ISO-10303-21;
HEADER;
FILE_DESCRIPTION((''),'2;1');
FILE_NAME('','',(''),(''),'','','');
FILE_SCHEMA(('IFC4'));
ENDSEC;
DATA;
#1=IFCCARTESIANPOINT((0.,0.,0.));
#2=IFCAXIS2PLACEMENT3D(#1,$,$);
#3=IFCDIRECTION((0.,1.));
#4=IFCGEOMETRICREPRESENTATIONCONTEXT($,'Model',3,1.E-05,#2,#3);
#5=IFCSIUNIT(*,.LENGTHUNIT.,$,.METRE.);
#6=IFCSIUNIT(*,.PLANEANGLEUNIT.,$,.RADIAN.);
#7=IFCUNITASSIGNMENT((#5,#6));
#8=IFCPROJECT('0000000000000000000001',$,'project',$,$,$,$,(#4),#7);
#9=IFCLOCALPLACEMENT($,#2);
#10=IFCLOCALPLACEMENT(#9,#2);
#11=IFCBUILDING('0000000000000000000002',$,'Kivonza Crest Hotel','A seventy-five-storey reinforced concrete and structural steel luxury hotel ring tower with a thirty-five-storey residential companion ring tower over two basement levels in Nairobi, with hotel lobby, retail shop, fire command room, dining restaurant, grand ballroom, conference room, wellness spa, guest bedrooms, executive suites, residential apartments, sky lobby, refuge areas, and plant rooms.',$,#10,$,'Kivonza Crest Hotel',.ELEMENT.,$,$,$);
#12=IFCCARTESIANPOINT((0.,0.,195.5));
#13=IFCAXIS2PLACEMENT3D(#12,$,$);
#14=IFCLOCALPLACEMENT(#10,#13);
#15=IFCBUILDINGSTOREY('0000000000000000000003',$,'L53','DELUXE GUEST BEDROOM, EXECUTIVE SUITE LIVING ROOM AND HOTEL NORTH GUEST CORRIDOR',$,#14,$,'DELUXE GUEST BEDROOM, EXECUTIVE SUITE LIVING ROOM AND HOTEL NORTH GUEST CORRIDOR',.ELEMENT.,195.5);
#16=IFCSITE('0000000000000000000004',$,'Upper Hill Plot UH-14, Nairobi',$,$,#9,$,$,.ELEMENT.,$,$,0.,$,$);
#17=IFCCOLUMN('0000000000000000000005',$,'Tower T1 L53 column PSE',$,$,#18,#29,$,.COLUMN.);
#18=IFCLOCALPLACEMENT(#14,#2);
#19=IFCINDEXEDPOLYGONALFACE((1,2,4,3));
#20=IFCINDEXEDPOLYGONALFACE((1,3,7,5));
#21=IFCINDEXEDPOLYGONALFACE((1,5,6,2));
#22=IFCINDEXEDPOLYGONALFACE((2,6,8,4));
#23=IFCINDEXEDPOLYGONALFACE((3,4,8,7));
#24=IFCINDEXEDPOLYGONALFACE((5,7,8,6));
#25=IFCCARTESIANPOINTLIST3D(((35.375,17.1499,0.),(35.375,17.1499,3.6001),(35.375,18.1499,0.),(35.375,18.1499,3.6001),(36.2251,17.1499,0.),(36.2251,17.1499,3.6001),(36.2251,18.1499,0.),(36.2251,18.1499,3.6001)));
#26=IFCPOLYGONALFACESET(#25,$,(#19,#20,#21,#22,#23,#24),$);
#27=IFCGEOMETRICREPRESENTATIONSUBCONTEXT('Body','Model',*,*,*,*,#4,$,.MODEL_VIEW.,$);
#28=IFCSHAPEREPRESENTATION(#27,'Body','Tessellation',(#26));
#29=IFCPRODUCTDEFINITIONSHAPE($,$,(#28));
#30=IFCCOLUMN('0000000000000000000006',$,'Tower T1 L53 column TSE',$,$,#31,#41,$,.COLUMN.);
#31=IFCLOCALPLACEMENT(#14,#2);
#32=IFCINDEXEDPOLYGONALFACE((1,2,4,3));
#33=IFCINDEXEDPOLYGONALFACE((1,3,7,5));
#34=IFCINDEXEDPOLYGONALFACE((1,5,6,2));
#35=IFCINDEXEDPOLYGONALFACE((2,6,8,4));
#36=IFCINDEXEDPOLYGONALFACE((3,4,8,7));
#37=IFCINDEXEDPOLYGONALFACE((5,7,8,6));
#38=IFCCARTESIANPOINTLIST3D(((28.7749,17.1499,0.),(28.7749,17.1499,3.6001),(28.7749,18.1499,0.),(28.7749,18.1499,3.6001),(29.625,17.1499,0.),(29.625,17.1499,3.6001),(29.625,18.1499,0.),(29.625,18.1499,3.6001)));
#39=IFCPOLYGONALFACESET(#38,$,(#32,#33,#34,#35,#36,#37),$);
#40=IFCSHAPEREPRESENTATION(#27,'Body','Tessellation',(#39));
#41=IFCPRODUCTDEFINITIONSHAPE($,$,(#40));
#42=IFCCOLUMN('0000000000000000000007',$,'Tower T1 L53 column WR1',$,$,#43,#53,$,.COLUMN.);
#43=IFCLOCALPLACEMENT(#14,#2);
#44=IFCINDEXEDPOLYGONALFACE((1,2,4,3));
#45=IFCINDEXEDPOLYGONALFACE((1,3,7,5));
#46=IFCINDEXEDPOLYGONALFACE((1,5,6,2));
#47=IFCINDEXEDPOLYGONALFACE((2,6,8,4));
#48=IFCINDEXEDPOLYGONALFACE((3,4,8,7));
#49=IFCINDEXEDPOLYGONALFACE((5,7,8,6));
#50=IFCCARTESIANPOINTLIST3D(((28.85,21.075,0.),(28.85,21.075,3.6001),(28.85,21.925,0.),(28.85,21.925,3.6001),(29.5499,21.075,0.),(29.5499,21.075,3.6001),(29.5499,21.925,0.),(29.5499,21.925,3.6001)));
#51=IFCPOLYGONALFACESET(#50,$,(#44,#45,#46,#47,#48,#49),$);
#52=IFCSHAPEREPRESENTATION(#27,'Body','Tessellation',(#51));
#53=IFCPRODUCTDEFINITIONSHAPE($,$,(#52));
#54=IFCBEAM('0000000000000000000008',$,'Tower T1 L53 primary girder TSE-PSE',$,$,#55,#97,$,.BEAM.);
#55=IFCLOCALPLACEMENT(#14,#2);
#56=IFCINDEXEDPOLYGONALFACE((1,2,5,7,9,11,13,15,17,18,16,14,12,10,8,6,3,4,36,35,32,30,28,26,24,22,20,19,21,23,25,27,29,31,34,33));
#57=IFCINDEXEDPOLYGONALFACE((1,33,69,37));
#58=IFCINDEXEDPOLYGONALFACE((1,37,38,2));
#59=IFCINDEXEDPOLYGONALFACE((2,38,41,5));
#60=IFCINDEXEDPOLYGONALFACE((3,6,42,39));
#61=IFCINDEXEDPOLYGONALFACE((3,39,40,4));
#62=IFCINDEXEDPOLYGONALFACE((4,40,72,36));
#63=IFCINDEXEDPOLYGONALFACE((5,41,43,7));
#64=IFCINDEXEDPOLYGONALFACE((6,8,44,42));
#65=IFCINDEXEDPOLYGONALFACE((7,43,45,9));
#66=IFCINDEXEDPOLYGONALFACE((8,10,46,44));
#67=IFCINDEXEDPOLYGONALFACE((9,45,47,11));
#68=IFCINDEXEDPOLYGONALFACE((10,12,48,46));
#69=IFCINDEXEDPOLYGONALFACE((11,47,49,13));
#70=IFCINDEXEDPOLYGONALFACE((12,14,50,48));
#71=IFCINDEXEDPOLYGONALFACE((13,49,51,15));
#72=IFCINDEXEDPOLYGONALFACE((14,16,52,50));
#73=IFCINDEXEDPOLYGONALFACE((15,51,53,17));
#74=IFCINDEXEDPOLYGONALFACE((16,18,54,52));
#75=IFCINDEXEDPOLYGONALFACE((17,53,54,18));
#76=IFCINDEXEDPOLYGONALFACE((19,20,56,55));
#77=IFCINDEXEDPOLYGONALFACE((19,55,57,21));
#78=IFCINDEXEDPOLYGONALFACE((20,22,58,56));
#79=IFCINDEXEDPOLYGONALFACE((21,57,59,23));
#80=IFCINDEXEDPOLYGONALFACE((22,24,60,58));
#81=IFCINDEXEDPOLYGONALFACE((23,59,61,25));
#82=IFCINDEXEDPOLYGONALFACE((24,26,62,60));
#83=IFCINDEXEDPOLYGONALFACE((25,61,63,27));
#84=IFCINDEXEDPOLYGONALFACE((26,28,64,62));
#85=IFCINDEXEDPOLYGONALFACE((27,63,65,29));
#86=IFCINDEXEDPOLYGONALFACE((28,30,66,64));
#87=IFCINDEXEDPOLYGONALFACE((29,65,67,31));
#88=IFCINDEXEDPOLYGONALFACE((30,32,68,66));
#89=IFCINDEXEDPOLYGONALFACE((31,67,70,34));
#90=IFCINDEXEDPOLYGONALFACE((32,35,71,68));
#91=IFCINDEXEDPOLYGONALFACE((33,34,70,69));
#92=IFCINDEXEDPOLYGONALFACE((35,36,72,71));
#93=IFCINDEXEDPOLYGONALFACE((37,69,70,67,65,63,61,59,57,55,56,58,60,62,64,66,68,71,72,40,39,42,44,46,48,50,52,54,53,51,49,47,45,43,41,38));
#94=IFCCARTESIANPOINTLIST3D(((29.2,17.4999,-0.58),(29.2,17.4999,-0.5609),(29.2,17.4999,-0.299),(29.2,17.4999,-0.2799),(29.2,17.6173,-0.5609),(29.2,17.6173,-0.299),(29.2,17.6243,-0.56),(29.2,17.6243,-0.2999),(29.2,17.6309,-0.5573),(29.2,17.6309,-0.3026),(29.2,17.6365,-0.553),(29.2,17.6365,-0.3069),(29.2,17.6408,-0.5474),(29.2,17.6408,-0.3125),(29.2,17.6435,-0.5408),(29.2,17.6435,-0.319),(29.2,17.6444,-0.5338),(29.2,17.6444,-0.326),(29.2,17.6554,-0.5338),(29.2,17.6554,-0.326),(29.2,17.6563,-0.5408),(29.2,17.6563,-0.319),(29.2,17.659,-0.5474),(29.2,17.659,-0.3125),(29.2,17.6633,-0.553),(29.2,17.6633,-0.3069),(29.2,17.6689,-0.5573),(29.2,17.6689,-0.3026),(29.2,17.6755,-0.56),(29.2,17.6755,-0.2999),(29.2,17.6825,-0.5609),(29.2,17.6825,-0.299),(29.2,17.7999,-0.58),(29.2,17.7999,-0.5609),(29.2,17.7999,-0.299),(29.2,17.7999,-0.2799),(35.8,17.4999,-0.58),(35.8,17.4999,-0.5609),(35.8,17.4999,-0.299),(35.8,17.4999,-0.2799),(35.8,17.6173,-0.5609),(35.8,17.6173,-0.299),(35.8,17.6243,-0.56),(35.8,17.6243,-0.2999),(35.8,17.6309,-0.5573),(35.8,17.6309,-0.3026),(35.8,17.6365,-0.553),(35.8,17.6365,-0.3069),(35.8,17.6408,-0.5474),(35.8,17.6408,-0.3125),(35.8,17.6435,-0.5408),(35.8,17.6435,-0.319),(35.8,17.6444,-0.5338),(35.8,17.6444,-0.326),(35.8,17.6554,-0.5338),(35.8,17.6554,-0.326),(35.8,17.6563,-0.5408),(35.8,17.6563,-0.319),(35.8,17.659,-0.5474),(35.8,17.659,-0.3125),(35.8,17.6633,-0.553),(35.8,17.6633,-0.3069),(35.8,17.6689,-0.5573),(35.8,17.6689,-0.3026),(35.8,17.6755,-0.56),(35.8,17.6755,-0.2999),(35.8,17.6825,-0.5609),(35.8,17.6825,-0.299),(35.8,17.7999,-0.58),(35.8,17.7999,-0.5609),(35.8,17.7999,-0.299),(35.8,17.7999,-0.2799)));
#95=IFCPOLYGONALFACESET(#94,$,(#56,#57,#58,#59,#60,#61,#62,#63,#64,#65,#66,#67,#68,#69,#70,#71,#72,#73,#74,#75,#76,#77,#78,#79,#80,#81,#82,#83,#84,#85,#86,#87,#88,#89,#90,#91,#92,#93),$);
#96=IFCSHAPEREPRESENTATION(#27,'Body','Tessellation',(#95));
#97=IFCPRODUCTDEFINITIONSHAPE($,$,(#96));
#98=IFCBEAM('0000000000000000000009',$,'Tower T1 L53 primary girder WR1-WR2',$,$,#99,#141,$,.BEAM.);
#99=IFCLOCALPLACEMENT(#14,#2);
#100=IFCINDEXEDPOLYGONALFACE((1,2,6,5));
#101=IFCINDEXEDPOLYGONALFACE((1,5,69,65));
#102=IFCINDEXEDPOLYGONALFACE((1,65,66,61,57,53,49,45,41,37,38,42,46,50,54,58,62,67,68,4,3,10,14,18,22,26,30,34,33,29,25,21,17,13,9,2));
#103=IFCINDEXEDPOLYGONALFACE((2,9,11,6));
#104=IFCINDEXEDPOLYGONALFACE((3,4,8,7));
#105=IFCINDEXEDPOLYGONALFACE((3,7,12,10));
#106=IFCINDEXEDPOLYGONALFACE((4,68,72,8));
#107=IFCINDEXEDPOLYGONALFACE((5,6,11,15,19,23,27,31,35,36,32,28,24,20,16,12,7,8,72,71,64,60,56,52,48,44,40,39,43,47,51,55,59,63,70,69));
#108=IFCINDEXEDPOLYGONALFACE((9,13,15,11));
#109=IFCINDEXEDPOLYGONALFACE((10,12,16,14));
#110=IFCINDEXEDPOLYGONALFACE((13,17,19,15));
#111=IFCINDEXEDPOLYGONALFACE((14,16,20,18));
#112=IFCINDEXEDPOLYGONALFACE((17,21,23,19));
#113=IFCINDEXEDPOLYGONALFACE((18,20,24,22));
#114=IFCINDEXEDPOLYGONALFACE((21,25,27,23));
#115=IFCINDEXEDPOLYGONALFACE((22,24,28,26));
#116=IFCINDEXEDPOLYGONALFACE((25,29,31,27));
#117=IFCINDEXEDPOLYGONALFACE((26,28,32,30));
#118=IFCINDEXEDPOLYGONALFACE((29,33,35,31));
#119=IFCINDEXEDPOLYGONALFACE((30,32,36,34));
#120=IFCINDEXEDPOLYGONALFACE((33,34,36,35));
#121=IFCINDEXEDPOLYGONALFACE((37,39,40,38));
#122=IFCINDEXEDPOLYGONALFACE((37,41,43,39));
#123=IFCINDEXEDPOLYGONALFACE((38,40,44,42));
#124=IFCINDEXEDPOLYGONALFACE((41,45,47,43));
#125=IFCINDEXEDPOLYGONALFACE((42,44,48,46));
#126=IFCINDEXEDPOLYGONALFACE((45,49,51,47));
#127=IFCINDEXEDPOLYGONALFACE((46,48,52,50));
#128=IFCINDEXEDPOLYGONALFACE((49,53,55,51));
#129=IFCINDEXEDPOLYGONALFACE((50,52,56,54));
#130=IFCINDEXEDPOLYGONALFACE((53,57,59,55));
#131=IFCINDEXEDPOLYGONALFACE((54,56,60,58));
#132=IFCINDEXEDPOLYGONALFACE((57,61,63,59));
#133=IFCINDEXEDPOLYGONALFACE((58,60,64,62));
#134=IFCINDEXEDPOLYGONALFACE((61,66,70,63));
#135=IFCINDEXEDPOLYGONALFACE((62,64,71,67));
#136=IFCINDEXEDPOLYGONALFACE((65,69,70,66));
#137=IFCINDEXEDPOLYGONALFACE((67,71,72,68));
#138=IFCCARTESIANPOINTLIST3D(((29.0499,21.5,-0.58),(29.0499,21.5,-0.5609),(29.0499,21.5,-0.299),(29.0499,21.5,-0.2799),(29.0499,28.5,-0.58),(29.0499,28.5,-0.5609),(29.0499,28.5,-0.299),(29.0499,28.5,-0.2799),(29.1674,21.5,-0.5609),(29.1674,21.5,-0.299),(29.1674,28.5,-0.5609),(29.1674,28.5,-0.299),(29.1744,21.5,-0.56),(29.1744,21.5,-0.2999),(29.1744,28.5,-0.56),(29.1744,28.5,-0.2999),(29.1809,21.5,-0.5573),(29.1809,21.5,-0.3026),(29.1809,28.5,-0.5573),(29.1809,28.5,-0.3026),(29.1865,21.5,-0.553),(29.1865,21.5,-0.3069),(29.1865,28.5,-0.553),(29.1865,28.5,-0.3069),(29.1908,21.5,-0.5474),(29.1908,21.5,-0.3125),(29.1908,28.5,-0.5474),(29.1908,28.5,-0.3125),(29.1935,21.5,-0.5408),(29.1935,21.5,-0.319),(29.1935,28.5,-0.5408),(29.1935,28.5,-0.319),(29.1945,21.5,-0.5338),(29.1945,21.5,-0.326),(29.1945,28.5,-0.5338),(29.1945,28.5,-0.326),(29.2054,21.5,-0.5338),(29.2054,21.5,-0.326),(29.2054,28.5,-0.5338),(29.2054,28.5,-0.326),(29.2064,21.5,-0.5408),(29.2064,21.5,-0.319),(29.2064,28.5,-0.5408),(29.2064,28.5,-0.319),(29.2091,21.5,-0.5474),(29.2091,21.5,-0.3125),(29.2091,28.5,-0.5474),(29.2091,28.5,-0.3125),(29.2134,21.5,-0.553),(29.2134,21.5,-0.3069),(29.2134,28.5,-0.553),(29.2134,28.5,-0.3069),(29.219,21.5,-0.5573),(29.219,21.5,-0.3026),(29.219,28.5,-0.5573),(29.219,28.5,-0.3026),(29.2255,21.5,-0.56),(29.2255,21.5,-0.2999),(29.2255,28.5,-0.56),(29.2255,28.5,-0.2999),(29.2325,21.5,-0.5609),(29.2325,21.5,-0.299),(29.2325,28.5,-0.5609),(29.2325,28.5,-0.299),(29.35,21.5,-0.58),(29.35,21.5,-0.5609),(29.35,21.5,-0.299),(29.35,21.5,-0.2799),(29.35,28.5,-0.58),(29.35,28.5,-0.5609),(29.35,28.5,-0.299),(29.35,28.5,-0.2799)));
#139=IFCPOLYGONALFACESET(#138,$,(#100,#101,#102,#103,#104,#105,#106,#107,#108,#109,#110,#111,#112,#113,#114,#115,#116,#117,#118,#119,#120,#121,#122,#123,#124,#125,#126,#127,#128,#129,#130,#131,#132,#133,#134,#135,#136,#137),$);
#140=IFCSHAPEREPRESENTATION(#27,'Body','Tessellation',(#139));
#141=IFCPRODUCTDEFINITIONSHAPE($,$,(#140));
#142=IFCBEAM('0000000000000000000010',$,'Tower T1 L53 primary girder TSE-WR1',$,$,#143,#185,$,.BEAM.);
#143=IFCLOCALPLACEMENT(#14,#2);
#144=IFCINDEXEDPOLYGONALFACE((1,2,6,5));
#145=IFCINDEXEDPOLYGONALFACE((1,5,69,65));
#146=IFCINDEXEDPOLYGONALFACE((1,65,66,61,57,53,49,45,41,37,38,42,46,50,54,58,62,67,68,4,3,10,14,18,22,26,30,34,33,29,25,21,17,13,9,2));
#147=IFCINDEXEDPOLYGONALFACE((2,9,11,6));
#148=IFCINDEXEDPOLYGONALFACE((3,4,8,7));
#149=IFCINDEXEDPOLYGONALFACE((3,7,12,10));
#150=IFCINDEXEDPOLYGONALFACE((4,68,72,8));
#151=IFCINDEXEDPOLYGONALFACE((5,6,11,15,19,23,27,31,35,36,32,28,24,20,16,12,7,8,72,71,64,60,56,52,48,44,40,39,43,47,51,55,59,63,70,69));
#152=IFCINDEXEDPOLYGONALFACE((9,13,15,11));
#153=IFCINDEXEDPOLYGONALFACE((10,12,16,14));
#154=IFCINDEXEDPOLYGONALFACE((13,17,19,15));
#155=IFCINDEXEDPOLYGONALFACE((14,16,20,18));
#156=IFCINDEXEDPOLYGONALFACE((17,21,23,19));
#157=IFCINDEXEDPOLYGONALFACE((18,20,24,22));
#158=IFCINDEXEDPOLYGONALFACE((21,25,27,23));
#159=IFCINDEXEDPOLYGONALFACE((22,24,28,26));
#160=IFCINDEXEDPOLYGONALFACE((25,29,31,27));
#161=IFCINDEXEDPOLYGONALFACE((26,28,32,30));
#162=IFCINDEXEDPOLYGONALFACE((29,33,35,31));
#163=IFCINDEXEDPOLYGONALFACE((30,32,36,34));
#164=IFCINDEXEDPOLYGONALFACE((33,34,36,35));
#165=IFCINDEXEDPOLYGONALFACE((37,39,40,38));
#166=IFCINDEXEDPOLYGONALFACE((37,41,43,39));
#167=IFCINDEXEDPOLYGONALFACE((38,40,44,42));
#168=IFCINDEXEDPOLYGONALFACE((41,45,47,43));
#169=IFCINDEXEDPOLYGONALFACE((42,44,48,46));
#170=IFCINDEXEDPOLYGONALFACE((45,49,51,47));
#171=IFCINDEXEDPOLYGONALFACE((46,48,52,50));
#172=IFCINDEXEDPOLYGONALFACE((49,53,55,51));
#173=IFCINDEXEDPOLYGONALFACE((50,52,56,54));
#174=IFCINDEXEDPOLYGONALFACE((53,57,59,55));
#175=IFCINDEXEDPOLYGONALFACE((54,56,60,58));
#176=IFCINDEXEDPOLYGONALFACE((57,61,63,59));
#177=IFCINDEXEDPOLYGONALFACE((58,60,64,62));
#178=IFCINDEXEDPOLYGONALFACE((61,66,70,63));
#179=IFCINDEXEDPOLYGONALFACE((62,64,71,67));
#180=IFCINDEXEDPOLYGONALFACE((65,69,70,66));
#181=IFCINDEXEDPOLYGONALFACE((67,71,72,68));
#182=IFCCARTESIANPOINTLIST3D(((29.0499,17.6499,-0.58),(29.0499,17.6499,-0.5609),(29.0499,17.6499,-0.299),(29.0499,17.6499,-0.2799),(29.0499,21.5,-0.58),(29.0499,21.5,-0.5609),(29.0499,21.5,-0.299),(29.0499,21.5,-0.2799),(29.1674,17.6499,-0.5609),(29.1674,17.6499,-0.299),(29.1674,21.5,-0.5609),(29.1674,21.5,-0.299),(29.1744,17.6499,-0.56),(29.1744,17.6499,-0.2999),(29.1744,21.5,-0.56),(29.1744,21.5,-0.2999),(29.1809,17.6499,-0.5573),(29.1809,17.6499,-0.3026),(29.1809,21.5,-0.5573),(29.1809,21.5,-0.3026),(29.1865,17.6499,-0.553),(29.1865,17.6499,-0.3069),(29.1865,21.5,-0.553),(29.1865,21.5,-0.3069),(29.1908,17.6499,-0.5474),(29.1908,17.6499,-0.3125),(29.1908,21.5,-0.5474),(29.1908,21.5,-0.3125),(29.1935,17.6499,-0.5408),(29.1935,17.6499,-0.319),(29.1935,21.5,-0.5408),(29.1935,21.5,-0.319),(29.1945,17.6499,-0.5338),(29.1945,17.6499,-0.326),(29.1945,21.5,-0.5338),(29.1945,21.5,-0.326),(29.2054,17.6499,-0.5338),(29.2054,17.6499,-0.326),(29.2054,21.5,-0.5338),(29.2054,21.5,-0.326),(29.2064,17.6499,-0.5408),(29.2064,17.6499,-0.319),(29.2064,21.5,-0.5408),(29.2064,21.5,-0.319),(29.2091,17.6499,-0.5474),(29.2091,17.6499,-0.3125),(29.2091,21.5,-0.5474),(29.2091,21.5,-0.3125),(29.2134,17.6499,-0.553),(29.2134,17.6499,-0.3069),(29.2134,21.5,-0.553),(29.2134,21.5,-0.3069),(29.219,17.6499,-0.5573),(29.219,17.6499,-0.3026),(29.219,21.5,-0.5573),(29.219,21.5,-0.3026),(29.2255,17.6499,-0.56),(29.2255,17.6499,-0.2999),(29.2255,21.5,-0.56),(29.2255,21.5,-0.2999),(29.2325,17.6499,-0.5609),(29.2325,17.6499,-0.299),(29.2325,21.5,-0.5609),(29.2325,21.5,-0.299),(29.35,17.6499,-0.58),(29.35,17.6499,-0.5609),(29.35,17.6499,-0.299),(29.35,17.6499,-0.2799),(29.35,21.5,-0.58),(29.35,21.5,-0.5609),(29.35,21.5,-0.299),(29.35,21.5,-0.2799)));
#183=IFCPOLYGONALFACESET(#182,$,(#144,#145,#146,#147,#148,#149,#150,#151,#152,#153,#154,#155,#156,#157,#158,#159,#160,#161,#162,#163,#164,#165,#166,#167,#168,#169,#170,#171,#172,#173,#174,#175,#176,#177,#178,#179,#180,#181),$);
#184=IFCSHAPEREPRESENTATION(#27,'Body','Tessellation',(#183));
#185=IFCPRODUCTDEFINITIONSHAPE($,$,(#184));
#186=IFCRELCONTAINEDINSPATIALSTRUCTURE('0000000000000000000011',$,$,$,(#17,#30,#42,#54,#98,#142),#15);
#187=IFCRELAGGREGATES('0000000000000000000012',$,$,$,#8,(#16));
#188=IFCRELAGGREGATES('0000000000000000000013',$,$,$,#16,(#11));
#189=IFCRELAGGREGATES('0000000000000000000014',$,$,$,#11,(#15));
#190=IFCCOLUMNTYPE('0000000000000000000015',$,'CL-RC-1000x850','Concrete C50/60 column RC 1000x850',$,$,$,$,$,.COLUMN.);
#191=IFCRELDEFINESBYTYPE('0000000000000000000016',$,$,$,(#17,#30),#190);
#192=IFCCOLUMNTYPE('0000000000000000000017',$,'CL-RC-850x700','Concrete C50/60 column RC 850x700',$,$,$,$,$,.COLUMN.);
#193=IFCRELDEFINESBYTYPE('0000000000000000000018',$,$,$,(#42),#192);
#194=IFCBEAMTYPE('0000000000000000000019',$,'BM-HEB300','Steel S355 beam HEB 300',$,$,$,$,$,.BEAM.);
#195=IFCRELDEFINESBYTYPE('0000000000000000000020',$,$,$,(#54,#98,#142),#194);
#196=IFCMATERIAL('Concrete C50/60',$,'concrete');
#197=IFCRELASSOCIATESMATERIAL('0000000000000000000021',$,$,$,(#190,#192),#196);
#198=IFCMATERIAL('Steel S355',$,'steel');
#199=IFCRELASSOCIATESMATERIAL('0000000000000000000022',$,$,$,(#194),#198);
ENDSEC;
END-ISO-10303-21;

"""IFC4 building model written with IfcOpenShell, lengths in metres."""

from ifc_helpers import new_model, si_unit, direction, frame, origin, origin_2d, place, context, subcontext, project, spatial, rectangle, i_section, extrude, material, material_profile, profile_set, type_object, element, save


model = new_model("IFC4")

# Units and contexts
model_context = context("Model", 3, precision=1e-05, world=origin(), true_north=direction((0.0, 1.0)))
body_context = subcontext(model_context, "Body", "Model", "MODEL_VIEW")
ifc_project = project(units=[si_unit("LENGTHUNIT", "METRE"), si_unit("PLANEANGLEUNIT", "RADIAN")], contexts=[model_context])

# Site, building, storey
site_placement = place(None, origin())
site = spatial("IfcSite", under=ifc_project, at=site_placement, Name="Upper Hill Plot UH-14, Nairobi", CompositionType="ELEMENT", RefElevation=0.0)
building_placement = place(site_placement, origin())
building = spatial("IfcBuilding", under=site, at=building_placement, Name="Kivonza Crest Hotel", Description="A seventy-five-storey reinforced concrete and structural steel luxury hotel ring tower with a thirty-five-storey residential companion ring tower over two basement levels in Nairobi, with hotel lobby, retail shop, fire command room, dining restaurant, grand ballroom, conference room, wellness spa, guest bedrooms, executive suites, residential apartments, sky lobby, refuge areas, and plant rooms.", LongName="Kivonza Crest Hotel", CompositionType="ELEMENT")
storey_placement = place(building_placement, frame((0.0, 0.0, 195.5)))
storey = spatial("IfcBuildingStorey", under=building, at=storey_placement, Name="L53", Description="DELUXE GUEST BEDROOM, EXECUTIVE SUITE LIVING ROOM AND HOTEL NORTH GUEST CORRIDOR", LongName="DELUXE GUEST BEDROOM, EXECUTIVE SUITE LIVING ROOM AND HOTEL NORTH GUEST CORRIDOR", CompositionType="ELEMENT", Elevation=195.5)

# Columns
ifc_material_1 = material(Name="Concrete C50/60", Category="concrete")
ifc_material_profile_1 = material_profile(ifc_material_1, rectangle(XDim=0.8501, YDim=1.0, at=origin_2d()), Name="RC 1000x850")
ifc_profile_set_1 = profile_set([ifc_material_profile_1], Name="Concrete C50/60")
column_type_1 = type_object("IfcColumnType", Name="CL-RC-1000x850", Description="Concrete C50/60 column RC 1000x850", PredefinedType="COLUMN", material=ifc_profile_set_1)
for number, where, z_axis, x_axis, name in (
    (1, (35.8, 17.6499, 0.0), (0.0, 0.0, 1.0), (1.0, 0.0, 0.0), "Tower T1 L53 column PSE"),
    (2, (29.2, 17.6499, 0.0), (0.0, 0.0, 1.0), (1.0, 0.0, 0.0), "Tower T1 L53 column TSE"),
):
    element("IfcColumn", number, at=place(storey_placement, frame(where, z_axis=z_axis, x_axis=x_axis)), inside=storey, type_object=column_type_1, Name=name, PredefinedType="COLUMN", context=body_context, shape_type="SweptSolid", body=[
        extrude(rectangle(XDim=0.8501, YDim=1.0, at=origin_2d()), origin(), (0.0, 0.0, 1.0), 3.6001),
    ])
ifc_material_profile_2 = material_profile(ifc_material_1, rectangle(XDim=0.7, YDim=0.8501, at=origin_2d()), Name="RC 850x700")
ifc_profile_set_2 = profile_set([ifc_material_profile_2], Name="Concrete C50/60")
column_type_2 = type_object("IfcColumnType", Name="CL-RC-850x700", Description="Concrete C50/60 column RC 850x700", PredefinedType="COLUMN", material=ifc_profile_set_2)
column_placement = place(storey_placement, frame((29.2, 21.5, 0.0), z_axis=(0.0, 0.0, 1.0), x_axis=(1.0, 0.0, 0.0)))
element("IfcColumn", 3, at=column_placement, inside=storey, type_object=column_type_2, Name="Tower T1 L53 column WR1", PredefinedType="COLUMN", context=body_context, shape_type="SweptSolid", body=[
    extrude(rectangle(XDim=0.7, YDim=0.8501, at=origin_2d()), origin(), (0.0, 0.0, 1.0), 3.6001),
])

# Beams
ifc_material_2 = material(Name="Steel S355", Category="steel")
ifc_material_profile_3 = material_profile(ifc_material_2, i_section(OverallWidth=0.3, OverallDepth=0.3, WebThickness=0.011, FlangeThickness=0.019, FilletRadius=0.0271, at=origin_2d()), Name="HEB 300")
ifc_profile_set_3 = profile_set([ifc_material_profile_3], Name="Steel S355")
beam_type = type_object("IfcBeamType", Name="BM-HEB300", Description="Steel S355 beam HEB 300", PredefinedType="BEAM", material=ifc_profile_set_3)
beam_1_placement = place(storey_placement, frame((29.2, 17.6499, -0.4299), z_axis=(1.0, 0.0, 0.0), x_axis=(0.0, 1.0, 0.0)))
element("IfcBeam", 4, at=beam_1_placement, inside=storey, type_object=beam_type, Name="Tower T1 L53 primary girder TSE-PSE", PredefinedType="BEAM", context=body_context, shape_type="SweptSolid", body=[
    extrude(i_section(OverallWidth=0.3, OverallDepth=0.3, WebThickness=0.011, FlangeThickness=0.019, FilletRadius=0.0271, at=origin_2d()), origin(), (0.0, 0.0, 1.0), 6.6001),
])
beam_2_placement = place(storey_placement, frame((29.2, 21.5, -0.4299), z_axis=(0.0, 1.0, 0.0), x_axis=(-1.0, 0.0, 0.0)))
element("IfcBeam", 5, at=beam_2_placement, inside=storey, type_object=beam_type, Name="Tower T1 L53 primary girder WR1-WR2", PredefinedType="BEAM", context=body_context, shape_type="SweptSolid", body=[
    extrude(i_section(OverallWidth=0.3, OverallDepth=0.3, WebThickness=0.011, FlangeThickness=0.019, FilletRadius=0.0271, at=origin_2d()), origin(), (0.0, 0.0, 1.0), 7.0),
])
beam_3_placement = place(storey_placement, frame((29.2, 17.6499, -0.4299), z_axis=(0.0, 1.0, 0.0), x_axis=(-1.0, 0.0, 0.0)))
element("IfcBeam", 6, at=beam_3_placement, inside=storey, type_object=beam_type, Name="Tower T1 L53 primary girder TSE-WR1", PredefinedType="BEAM", context=body_context, shape_type="SweptSolid", body=[
    extrude(i_section(OverallWidth=0.3, OverallDepth=0.3, WebThickness=0.011, FlangeThickness=0.019, FilletRadius=0.0271, at=origin_2d()), origin(), (0.0, 0.0, 1.0), 3.8501),
])

save(model, "model.ifc")
